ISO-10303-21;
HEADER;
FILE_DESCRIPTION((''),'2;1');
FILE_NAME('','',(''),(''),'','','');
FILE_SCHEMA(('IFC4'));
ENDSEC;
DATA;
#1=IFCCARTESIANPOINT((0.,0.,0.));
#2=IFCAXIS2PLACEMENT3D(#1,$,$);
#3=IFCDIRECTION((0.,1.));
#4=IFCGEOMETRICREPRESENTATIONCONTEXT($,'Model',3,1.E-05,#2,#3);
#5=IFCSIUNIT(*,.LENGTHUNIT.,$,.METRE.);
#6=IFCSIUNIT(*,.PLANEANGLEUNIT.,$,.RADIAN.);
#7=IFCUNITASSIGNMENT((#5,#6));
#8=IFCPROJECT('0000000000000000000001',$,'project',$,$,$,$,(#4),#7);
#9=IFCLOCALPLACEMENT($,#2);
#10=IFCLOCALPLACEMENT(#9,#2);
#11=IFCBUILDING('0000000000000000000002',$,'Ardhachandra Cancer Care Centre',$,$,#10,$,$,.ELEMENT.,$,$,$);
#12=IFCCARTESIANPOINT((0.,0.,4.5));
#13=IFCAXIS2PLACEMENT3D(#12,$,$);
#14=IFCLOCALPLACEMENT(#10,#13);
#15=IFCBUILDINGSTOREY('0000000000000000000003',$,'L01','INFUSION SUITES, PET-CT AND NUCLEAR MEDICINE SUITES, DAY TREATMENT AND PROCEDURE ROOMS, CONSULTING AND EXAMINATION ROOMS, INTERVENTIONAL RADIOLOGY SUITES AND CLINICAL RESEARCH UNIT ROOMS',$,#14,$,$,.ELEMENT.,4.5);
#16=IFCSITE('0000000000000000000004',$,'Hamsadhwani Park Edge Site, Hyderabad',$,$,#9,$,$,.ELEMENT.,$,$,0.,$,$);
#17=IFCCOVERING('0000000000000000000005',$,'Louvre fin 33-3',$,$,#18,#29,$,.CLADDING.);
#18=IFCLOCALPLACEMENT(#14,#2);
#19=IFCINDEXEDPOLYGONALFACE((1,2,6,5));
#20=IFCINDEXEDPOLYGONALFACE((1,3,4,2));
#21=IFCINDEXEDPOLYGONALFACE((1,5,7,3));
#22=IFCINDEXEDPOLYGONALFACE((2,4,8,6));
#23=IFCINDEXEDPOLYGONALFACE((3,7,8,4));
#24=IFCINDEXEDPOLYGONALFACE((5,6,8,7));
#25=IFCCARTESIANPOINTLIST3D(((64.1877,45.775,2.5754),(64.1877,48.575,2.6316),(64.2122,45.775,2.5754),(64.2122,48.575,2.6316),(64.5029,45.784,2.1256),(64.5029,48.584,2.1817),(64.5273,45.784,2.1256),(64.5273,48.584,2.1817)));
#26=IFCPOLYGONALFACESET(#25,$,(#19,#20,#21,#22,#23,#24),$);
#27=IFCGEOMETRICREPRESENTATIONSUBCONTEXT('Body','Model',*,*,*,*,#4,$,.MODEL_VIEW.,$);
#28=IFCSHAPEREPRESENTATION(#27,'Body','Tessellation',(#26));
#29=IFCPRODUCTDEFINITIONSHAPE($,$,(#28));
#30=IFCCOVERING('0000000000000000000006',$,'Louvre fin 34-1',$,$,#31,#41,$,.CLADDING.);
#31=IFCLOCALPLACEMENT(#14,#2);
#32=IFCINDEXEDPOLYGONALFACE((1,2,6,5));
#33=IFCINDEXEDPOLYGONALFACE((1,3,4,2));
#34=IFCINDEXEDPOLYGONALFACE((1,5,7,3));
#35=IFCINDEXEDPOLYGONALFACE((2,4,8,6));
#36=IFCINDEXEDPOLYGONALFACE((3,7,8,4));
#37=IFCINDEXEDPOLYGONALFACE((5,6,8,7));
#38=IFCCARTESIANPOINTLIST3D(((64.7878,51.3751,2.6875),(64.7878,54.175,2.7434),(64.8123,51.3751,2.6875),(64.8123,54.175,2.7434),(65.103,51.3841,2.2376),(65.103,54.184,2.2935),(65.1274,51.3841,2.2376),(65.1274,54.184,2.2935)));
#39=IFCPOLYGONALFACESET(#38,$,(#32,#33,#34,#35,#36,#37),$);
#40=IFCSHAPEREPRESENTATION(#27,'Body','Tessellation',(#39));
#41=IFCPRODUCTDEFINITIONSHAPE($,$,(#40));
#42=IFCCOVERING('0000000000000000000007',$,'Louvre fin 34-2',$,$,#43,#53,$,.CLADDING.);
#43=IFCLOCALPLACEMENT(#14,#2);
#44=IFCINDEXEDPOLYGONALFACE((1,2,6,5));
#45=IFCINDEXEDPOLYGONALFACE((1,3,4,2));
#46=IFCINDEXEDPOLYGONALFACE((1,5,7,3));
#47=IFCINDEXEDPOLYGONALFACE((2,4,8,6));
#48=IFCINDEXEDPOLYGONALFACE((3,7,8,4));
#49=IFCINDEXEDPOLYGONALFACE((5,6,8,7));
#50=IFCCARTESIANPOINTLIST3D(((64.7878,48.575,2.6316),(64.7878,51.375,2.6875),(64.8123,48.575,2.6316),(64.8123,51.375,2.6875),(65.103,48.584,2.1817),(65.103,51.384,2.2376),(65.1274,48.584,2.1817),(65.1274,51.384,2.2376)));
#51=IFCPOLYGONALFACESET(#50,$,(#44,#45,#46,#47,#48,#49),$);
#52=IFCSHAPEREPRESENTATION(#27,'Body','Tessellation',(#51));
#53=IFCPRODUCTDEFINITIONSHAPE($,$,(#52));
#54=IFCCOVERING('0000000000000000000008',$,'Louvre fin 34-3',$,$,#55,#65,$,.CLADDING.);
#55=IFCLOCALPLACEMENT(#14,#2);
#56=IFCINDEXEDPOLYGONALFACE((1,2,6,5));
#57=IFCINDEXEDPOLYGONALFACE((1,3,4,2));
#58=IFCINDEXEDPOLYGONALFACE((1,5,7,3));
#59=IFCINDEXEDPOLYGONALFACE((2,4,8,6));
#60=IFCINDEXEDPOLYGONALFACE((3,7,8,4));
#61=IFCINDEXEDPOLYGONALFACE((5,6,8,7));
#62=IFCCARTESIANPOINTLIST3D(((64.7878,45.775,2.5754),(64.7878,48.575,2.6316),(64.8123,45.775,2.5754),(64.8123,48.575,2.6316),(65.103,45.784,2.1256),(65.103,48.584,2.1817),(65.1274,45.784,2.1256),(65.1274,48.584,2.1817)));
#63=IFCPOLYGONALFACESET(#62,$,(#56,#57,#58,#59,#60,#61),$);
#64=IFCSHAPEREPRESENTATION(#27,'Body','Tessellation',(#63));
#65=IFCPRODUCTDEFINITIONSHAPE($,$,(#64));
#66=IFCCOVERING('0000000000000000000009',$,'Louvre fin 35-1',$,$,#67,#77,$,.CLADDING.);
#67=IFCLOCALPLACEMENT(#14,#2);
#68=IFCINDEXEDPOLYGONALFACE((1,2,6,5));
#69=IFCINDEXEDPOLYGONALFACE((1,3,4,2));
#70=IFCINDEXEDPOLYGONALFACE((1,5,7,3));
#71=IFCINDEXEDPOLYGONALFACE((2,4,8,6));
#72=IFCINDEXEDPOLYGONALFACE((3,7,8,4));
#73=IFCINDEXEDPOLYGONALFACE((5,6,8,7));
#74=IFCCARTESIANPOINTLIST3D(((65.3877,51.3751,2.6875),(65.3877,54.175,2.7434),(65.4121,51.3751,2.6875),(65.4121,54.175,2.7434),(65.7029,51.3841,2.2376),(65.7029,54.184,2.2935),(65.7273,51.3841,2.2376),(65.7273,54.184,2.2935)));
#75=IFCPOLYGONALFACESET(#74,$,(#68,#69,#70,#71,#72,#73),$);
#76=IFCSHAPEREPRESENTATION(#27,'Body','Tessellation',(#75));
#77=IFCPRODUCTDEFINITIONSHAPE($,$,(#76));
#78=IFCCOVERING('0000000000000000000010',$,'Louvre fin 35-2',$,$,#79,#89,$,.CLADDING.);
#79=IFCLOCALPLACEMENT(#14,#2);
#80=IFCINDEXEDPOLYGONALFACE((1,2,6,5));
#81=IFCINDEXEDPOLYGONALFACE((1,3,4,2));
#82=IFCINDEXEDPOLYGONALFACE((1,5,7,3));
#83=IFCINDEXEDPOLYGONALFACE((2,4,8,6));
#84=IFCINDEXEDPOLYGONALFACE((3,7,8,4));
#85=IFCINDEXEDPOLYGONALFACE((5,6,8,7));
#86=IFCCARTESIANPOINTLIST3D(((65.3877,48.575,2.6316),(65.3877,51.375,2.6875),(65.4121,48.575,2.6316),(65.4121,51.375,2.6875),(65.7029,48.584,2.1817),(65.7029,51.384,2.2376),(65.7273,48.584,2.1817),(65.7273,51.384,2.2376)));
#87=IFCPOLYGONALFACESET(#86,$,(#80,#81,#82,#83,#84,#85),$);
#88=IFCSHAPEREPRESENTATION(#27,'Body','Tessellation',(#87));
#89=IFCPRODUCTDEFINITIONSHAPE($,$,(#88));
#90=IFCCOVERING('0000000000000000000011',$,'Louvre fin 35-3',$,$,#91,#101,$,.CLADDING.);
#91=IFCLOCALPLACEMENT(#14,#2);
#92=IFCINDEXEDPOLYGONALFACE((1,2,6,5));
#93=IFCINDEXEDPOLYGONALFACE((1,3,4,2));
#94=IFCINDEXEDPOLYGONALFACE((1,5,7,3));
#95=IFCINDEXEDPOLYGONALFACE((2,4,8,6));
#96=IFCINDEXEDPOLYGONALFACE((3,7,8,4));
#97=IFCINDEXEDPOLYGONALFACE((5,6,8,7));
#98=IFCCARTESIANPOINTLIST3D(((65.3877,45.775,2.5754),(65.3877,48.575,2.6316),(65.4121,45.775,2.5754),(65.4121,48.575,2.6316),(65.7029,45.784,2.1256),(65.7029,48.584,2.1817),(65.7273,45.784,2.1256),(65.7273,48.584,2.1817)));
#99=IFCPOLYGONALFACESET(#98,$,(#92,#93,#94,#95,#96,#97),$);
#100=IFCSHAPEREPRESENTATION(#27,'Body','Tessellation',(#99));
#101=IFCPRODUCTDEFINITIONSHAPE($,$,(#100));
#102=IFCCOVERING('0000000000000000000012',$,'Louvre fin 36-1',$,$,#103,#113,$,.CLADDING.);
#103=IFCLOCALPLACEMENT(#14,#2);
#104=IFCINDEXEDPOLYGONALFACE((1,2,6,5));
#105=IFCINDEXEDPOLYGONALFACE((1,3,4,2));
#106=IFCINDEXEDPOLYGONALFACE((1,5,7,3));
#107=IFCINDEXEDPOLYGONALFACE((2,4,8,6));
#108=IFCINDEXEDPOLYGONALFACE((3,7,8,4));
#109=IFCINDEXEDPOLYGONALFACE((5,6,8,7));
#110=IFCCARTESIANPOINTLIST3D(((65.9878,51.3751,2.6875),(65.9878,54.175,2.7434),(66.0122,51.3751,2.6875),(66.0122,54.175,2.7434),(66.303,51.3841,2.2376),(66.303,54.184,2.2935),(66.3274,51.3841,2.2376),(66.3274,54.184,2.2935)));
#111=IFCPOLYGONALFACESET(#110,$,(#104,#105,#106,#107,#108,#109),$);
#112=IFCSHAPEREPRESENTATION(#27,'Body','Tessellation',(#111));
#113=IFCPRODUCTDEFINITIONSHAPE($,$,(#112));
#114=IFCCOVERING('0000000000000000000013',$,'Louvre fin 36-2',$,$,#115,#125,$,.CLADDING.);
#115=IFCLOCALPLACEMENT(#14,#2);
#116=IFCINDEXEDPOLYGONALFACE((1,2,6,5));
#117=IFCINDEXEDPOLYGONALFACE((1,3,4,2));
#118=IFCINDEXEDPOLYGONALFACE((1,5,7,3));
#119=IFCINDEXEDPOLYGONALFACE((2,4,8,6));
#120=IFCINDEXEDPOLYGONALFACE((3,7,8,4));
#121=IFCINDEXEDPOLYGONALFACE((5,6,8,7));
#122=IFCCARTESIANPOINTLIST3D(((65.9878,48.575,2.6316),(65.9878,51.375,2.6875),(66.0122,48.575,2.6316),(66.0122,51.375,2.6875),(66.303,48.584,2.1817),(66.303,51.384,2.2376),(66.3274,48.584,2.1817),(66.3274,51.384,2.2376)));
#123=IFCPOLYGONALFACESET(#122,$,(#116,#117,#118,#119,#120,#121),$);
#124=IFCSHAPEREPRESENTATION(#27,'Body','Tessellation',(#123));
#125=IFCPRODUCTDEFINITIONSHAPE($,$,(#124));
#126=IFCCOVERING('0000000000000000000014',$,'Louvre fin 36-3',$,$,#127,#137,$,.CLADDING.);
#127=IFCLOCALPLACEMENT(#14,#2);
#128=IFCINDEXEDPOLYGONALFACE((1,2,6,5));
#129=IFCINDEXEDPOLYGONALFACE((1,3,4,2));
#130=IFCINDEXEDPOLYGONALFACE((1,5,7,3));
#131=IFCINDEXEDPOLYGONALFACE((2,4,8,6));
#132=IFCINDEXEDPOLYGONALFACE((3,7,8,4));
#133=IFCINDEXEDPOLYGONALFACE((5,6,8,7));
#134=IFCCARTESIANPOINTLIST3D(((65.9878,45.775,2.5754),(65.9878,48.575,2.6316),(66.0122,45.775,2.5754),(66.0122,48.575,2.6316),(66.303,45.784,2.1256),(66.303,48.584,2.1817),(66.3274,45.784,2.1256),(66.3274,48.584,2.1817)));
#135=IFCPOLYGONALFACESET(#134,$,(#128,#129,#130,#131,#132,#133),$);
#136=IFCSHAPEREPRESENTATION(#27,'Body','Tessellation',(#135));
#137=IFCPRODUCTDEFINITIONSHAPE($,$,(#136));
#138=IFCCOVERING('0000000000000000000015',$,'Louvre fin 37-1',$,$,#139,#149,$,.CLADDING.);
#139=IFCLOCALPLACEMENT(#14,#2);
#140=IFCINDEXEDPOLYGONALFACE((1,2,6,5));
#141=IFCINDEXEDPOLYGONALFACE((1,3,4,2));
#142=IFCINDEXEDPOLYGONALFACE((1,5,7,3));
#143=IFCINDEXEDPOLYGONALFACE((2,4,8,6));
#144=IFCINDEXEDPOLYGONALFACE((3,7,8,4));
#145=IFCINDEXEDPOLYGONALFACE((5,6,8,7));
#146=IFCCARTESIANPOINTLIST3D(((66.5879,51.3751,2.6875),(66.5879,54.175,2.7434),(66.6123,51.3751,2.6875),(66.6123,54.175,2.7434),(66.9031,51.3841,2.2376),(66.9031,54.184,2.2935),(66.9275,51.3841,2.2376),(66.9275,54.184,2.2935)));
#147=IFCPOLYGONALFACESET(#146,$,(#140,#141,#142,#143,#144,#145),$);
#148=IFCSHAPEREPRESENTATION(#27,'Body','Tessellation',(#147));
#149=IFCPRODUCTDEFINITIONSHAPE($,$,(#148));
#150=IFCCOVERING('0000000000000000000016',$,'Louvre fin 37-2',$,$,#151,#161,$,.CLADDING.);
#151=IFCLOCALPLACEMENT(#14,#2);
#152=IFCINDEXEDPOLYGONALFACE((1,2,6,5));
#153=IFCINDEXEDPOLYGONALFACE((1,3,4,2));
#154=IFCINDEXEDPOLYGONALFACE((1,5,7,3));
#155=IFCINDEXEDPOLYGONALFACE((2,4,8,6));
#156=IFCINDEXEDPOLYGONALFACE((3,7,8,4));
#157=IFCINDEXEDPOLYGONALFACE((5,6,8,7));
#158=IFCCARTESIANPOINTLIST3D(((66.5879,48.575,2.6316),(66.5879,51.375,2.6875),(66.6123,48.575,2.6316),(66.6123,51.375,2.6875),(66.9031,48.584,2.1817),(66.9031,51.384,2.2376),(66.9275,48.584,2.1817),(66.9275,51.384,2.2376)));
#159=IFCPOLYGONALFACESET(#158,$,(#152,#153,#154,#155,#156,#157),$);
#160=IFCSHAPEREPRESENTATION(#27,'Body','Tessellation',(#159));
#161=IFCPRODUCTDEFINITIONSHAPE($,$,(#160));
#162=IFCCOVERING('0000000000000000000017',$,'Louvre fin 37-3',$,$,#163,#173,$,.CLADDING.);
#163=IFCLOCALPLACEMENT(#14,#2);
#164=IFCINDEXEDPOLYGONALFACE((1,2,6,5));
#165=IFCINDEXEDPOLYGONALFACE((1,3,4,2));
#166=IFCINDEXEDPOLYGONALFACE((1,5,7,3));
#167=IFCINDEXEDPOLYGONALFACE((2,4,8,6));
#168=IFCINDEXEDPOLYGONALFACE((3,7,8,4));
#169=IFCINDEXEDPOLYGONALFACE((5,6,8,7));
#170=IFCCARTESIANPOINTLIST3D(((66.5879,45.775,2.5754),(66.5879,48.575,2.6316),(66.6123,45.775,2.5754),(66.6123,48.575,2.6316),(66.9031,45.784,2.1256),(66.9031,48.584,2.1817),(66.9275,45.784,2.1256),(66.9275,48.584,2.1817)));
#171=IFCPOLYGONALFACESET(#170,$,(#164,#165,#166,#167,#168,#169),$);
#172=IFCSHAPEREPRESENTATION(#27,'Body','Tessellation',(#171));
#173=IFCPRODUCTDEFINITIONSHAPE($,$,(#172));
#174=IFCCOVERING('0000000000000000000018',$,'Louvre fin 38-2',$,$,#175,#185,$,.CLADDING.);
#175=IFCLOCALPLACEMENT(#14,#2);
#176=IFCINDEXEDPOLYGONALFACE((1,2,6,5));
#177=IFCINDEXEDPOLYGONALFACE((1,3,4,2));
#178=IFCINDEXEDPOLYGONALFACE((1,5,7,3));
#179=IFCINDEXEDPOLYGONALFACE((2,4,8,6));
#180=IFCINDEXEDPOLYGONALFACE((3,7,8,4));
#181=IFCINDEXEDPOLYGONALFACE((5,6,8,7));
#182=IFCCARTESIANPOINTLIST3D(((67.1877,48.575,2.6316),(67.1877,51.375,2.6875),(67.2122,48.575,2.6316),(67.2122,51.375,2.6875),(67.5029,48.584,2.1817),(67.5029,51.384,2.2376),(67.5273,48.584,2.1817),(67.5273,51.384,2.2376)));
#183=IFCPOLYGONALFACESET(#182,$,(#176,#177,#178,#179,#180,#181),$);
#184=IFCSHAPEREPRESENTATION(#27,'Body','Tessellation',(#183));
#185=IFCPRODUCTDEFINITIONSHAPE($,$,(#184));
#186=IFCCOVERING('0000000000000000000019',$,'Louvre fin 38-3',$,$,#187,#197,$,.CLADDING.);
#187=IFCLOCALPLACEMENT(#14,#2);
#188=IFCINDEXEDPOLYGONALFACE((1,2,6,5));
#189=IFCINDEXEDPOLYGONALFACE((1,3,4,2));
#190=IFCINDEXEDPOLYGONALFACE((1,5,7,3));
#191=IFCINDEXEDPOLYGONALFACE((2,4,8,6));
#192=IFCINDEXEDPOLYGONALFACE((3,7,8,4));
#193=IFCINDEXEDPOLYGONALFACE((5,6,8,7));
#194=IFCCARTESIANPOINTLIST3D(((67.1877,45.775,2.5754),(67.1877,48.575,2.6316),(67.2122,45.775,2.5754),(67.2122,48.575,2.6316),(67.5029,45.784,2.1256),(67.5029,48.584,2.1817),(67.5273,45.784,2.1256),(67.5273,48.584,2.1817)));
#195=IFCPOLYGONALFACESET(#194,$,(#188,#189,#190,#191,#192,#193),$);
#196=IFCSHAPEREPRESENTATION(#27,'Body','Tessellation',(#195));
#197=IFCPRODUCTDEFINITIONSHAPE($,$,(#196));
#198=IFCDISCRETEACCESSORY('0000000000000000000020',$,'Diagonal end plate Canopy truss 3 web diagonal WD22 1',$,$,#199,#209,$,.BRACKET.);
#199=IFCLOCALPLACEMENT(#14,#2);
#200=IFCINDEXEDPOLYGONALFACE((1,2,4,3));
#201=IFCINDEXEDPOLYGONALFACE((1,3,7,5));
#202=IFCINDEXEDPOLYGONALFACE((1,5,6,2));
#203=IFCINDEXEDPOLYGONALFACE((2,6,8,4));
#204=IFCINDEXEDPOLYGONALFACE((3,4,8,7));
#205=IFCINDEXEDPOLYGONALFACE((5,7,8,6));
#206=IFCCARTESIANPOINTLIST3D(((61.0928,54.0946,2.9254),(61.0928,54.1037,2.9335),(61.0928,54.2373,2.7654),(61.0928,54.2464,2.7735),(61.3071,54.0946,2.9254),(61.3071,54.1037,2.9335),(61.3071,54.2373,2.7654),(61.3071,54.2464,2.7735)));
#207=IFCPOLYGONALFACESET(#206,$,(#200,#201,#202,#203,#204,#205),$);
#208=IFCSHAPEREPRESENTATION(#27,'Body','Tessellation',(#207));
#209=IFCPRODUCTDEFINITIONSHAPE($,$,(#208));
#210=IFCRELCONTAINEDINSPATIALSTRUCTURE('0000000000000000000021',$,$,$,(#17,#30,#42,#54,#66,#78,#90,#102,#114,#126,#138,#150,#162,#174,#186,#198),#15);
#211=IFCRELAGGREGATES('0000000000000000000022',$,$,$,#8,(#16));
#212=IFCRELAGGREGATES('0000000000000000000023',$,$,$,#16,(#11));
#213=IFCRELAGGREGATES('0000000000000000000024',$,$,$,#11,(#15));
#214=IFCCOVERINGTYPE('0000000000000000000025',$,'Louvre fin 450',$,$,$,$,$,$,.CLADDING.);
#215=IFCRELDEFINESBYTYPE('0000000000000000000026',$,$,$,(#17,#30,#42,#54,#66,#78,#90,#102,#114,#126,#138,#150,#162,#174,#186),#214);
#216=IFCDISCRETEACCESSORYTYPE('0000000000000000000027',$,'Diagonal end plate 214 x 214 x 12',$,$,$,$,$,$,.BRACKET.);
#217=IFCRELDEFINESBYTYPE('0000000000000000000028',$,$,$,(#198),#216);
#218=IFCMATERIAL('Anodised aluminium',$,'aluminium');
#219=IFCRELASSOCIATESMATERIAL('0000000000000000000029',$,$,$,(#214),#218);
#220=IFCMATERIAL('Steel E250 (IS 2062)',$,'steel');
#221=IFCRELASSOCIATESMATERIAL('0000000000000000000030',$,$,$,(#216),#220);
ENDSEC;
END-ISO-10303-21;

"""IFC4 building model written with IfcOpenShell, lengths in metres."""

from ifc_helpers import new_model, si_unit, direction, frame, origin, origin_2d, place, context, subcontext, project, spatial, polyline, rectangle, outline, extrude, material, material_profile, profile_set, type_object, element, save


model = new_model("IFC4")

# Units and contexts
model_context = context("Model", 3, precision=1e-05, world=origin(), true_north=direction((0.0, 1.0)))
body_context = subcontext(model_context, "Body", "Model", "MODEL_VIEW")
ifc_project = project(units=[si_unit("LENGTHUNIT", "METRE"), si_unit("PLANEANGLEUNIT", "RADIAN")], contexts=[model_context])

# Site, building, storey
site_placement = place(None, origin())
site = spatial("IfcSite", under=ifc_project, at=site_placement, Name="Hamsadhwani Park Edge Site, Hyderabad", CompositionType="ELEMENT", RefElevation=0.0)
building_placement = place(site_placement, origin())
building = spatial("IfcBuilding", under=site, at=building_placement, Name="Ardhachandra Cancer Care Centre", CompositionType="ELEMENT")
storey_placement = place(building_placement, frame((0.0, 0.0, 4.5)))
storey = spatial("IfcBuildingStorey", under=building, at=storey_placement, Name="L01", Description="INFUSION SUITES, PET-CT AND NUCLEAR MEDICINE SUITES, DAY TREATMENT AND PROCEDURE ROOMS, CONSULTING AND EXAMINATION ROOMS, INTERVENTIONAL RADIOLOGY SUITES AND CLINICAL RESEARCH UNIT ROOMS", CompositionType="ELEMENT", Elevation=4.5)

# Coverings
ifc_material_1 = material(Name="Anodised aluminium", Category="aluminium")
ifc_material_profile_1 = material_profile(ifc_material_1, outline(polyline([(-0.0122, 0.0), (0.0122, 0.0), (0.3274, -0.45), (0.303, -0.45), (-0.0122, 0.0)])), Name="Louvre fin 450")
ifc_profile_set_1 = profile_set([ifc_material_profile_1], Name="Anodised aluminium")
covering_type = type_object("IfcCoveringType", Name="Louvre fin 450", PredefinedType="CLADDING", material=ifc_profile_set_1)
for number, where, z_axis, x_axis, name in (
    (1, (64.2, 48.575, 2.6316), (0.0, -0.999799, -0.02005), (1.0, 0.0, 0.0), "Louvre fin 33-3"),
    (2, (64.8, 54.175, 2.7434), (0.0, -0.999801, -0.019963), (1.0, 0.0, 0.0), "Louvre fin 34-1"),
    (3, (64.8, 51.375, 2.6875), (0.0, -0.999801, -0.019963), (1.0, 0.0, 0.0), "Louvre fin 34-2"),
    (4, (64.8, 48.575, 2.6316), (0.0, -0.999799, -0.02005), (1.0, 0.0, 0.0), "Louvre fin 34-3"),
    (5, (65.3999, 54.175, 2.7434), (0.0, -0.999801, -0.019963), (1.0, 0.0, 0.0), "Louvre fin 35-1"),
    (6, (65.3999, 51.375, 2.6875), (0.0, -0.999801, -0.019963), (1.0, 0.0, 0.0), "Louvre fin 35-2"),
    (7, (65.3999, 48.575, 2.6316), (0.0, -0.999799, -0.02005), (1.0, 0.0, 0.0), "Louvre fin 35-3"),
    (8, (66.0, 54.175, 2.7434), (0.0, -0.999801, -0.019963), (1.0, 0.0, 0.0), "Louvre fin 36-1"),
    (9, (66.0, 51.375, 2.6875), (0.0, -0.999801, -0.019963), (1.0, 0.0, 0.0), "Louvre fin 36-2"),
    (10, (66.0, 48.575, 2.6316), (0.0, -0.999799, -0.02005), (1.0, 0.0, 0.0), "Louvre fin 36-3"),
    (11, (66.6001, 54.175, 2.7434), (0.0, -0.999801, -0.019963), (1.0, 0.0, 0.0), "Louvre fin 37-1"),
    (12, (66.6001, 51.375, 2.6875), (0.0, -0.999801, -0.019963), (1.0, 0.0, 0.0), "Louvre fin 37-2"),
    (13, (66.6001, 48.575, 2.6316), (0.0, -0.999799, -0.02005), (1.0, 0.0, 0.0), "Louvre fin 37-3"),
    (14, (67.2, 51.375, 2.6875), (0.0, -0.999801, -0.019963), (1.0, 0.0, 0.0), "Louvre fin 38-2"),
    (15, (67.2, 48.575, 2.6316), (0.0, -0.999799, -0.02005), (1.0, 0.0, 0.0), "Louvre fin 38-3"),
):
    element("IfcCovering", number, at=place(storey_placement, frame(where, z_axis=z_axis, x_axis=x_axis)), inside=storey, type_object=covering_type, Name=name, PredefinedType="CLADDING", context=body_context, shape_type="SweptSolid", body=[
        extrude(outline(polyline([(-0.0122, 0.0), (0.0122, 0.0), (0.3274, -0.45), (0.303, -0.45), (-0.0122, 0.0)])), origin(), (0.0, 0.0, 1.0), 2.8005),
    ])

# Discrete accessory
ifc_material_2 = material(Name="Steel E250 (IS 2062)", Category="steel")
ifc_material_profile_2 = material_profile(ifc_material_2, rectangle(XDim=0.2144, YDim=0.2144, at=origin_2d()), Name="PL 214x214x12")
ifc_profile_set_2 = profile_set([ifc_material_profile_2], Name="Steel E250 (IS 2062)")
discrete_accessory_type = type_object("IfcDiscreteAccessoryType", Name="Diagonal end plate 214 x 214 x 12", PredefinedType="BRACKET", material=ifc_profile_set_2)
discrete_accessory_placement = place(storey_placement, frame((61.2, 54.175, 2.8535), z_axis=(0.0, -0.746295, -0.665615), x_axis=(1.0, 0.0, 0.0)))
element("IfcDiscreteAccessory", 16, at=discrete_accessory_placement, inside=storey, type_object=discrete_accessory_type, Name="Diagonal end plate Canopy truss 3 web diagonal WD22 1", PredefinedType="BRACKET", context=body_context, shape_type="SweptSolid", body=[
    extrude(rectangle(XDim=0.2144, YDim=0.2144, at=origin_2d()), origin(), (0.0, 0.0, 1.0), 0.0122),
])

save(model, "model.ifc")
